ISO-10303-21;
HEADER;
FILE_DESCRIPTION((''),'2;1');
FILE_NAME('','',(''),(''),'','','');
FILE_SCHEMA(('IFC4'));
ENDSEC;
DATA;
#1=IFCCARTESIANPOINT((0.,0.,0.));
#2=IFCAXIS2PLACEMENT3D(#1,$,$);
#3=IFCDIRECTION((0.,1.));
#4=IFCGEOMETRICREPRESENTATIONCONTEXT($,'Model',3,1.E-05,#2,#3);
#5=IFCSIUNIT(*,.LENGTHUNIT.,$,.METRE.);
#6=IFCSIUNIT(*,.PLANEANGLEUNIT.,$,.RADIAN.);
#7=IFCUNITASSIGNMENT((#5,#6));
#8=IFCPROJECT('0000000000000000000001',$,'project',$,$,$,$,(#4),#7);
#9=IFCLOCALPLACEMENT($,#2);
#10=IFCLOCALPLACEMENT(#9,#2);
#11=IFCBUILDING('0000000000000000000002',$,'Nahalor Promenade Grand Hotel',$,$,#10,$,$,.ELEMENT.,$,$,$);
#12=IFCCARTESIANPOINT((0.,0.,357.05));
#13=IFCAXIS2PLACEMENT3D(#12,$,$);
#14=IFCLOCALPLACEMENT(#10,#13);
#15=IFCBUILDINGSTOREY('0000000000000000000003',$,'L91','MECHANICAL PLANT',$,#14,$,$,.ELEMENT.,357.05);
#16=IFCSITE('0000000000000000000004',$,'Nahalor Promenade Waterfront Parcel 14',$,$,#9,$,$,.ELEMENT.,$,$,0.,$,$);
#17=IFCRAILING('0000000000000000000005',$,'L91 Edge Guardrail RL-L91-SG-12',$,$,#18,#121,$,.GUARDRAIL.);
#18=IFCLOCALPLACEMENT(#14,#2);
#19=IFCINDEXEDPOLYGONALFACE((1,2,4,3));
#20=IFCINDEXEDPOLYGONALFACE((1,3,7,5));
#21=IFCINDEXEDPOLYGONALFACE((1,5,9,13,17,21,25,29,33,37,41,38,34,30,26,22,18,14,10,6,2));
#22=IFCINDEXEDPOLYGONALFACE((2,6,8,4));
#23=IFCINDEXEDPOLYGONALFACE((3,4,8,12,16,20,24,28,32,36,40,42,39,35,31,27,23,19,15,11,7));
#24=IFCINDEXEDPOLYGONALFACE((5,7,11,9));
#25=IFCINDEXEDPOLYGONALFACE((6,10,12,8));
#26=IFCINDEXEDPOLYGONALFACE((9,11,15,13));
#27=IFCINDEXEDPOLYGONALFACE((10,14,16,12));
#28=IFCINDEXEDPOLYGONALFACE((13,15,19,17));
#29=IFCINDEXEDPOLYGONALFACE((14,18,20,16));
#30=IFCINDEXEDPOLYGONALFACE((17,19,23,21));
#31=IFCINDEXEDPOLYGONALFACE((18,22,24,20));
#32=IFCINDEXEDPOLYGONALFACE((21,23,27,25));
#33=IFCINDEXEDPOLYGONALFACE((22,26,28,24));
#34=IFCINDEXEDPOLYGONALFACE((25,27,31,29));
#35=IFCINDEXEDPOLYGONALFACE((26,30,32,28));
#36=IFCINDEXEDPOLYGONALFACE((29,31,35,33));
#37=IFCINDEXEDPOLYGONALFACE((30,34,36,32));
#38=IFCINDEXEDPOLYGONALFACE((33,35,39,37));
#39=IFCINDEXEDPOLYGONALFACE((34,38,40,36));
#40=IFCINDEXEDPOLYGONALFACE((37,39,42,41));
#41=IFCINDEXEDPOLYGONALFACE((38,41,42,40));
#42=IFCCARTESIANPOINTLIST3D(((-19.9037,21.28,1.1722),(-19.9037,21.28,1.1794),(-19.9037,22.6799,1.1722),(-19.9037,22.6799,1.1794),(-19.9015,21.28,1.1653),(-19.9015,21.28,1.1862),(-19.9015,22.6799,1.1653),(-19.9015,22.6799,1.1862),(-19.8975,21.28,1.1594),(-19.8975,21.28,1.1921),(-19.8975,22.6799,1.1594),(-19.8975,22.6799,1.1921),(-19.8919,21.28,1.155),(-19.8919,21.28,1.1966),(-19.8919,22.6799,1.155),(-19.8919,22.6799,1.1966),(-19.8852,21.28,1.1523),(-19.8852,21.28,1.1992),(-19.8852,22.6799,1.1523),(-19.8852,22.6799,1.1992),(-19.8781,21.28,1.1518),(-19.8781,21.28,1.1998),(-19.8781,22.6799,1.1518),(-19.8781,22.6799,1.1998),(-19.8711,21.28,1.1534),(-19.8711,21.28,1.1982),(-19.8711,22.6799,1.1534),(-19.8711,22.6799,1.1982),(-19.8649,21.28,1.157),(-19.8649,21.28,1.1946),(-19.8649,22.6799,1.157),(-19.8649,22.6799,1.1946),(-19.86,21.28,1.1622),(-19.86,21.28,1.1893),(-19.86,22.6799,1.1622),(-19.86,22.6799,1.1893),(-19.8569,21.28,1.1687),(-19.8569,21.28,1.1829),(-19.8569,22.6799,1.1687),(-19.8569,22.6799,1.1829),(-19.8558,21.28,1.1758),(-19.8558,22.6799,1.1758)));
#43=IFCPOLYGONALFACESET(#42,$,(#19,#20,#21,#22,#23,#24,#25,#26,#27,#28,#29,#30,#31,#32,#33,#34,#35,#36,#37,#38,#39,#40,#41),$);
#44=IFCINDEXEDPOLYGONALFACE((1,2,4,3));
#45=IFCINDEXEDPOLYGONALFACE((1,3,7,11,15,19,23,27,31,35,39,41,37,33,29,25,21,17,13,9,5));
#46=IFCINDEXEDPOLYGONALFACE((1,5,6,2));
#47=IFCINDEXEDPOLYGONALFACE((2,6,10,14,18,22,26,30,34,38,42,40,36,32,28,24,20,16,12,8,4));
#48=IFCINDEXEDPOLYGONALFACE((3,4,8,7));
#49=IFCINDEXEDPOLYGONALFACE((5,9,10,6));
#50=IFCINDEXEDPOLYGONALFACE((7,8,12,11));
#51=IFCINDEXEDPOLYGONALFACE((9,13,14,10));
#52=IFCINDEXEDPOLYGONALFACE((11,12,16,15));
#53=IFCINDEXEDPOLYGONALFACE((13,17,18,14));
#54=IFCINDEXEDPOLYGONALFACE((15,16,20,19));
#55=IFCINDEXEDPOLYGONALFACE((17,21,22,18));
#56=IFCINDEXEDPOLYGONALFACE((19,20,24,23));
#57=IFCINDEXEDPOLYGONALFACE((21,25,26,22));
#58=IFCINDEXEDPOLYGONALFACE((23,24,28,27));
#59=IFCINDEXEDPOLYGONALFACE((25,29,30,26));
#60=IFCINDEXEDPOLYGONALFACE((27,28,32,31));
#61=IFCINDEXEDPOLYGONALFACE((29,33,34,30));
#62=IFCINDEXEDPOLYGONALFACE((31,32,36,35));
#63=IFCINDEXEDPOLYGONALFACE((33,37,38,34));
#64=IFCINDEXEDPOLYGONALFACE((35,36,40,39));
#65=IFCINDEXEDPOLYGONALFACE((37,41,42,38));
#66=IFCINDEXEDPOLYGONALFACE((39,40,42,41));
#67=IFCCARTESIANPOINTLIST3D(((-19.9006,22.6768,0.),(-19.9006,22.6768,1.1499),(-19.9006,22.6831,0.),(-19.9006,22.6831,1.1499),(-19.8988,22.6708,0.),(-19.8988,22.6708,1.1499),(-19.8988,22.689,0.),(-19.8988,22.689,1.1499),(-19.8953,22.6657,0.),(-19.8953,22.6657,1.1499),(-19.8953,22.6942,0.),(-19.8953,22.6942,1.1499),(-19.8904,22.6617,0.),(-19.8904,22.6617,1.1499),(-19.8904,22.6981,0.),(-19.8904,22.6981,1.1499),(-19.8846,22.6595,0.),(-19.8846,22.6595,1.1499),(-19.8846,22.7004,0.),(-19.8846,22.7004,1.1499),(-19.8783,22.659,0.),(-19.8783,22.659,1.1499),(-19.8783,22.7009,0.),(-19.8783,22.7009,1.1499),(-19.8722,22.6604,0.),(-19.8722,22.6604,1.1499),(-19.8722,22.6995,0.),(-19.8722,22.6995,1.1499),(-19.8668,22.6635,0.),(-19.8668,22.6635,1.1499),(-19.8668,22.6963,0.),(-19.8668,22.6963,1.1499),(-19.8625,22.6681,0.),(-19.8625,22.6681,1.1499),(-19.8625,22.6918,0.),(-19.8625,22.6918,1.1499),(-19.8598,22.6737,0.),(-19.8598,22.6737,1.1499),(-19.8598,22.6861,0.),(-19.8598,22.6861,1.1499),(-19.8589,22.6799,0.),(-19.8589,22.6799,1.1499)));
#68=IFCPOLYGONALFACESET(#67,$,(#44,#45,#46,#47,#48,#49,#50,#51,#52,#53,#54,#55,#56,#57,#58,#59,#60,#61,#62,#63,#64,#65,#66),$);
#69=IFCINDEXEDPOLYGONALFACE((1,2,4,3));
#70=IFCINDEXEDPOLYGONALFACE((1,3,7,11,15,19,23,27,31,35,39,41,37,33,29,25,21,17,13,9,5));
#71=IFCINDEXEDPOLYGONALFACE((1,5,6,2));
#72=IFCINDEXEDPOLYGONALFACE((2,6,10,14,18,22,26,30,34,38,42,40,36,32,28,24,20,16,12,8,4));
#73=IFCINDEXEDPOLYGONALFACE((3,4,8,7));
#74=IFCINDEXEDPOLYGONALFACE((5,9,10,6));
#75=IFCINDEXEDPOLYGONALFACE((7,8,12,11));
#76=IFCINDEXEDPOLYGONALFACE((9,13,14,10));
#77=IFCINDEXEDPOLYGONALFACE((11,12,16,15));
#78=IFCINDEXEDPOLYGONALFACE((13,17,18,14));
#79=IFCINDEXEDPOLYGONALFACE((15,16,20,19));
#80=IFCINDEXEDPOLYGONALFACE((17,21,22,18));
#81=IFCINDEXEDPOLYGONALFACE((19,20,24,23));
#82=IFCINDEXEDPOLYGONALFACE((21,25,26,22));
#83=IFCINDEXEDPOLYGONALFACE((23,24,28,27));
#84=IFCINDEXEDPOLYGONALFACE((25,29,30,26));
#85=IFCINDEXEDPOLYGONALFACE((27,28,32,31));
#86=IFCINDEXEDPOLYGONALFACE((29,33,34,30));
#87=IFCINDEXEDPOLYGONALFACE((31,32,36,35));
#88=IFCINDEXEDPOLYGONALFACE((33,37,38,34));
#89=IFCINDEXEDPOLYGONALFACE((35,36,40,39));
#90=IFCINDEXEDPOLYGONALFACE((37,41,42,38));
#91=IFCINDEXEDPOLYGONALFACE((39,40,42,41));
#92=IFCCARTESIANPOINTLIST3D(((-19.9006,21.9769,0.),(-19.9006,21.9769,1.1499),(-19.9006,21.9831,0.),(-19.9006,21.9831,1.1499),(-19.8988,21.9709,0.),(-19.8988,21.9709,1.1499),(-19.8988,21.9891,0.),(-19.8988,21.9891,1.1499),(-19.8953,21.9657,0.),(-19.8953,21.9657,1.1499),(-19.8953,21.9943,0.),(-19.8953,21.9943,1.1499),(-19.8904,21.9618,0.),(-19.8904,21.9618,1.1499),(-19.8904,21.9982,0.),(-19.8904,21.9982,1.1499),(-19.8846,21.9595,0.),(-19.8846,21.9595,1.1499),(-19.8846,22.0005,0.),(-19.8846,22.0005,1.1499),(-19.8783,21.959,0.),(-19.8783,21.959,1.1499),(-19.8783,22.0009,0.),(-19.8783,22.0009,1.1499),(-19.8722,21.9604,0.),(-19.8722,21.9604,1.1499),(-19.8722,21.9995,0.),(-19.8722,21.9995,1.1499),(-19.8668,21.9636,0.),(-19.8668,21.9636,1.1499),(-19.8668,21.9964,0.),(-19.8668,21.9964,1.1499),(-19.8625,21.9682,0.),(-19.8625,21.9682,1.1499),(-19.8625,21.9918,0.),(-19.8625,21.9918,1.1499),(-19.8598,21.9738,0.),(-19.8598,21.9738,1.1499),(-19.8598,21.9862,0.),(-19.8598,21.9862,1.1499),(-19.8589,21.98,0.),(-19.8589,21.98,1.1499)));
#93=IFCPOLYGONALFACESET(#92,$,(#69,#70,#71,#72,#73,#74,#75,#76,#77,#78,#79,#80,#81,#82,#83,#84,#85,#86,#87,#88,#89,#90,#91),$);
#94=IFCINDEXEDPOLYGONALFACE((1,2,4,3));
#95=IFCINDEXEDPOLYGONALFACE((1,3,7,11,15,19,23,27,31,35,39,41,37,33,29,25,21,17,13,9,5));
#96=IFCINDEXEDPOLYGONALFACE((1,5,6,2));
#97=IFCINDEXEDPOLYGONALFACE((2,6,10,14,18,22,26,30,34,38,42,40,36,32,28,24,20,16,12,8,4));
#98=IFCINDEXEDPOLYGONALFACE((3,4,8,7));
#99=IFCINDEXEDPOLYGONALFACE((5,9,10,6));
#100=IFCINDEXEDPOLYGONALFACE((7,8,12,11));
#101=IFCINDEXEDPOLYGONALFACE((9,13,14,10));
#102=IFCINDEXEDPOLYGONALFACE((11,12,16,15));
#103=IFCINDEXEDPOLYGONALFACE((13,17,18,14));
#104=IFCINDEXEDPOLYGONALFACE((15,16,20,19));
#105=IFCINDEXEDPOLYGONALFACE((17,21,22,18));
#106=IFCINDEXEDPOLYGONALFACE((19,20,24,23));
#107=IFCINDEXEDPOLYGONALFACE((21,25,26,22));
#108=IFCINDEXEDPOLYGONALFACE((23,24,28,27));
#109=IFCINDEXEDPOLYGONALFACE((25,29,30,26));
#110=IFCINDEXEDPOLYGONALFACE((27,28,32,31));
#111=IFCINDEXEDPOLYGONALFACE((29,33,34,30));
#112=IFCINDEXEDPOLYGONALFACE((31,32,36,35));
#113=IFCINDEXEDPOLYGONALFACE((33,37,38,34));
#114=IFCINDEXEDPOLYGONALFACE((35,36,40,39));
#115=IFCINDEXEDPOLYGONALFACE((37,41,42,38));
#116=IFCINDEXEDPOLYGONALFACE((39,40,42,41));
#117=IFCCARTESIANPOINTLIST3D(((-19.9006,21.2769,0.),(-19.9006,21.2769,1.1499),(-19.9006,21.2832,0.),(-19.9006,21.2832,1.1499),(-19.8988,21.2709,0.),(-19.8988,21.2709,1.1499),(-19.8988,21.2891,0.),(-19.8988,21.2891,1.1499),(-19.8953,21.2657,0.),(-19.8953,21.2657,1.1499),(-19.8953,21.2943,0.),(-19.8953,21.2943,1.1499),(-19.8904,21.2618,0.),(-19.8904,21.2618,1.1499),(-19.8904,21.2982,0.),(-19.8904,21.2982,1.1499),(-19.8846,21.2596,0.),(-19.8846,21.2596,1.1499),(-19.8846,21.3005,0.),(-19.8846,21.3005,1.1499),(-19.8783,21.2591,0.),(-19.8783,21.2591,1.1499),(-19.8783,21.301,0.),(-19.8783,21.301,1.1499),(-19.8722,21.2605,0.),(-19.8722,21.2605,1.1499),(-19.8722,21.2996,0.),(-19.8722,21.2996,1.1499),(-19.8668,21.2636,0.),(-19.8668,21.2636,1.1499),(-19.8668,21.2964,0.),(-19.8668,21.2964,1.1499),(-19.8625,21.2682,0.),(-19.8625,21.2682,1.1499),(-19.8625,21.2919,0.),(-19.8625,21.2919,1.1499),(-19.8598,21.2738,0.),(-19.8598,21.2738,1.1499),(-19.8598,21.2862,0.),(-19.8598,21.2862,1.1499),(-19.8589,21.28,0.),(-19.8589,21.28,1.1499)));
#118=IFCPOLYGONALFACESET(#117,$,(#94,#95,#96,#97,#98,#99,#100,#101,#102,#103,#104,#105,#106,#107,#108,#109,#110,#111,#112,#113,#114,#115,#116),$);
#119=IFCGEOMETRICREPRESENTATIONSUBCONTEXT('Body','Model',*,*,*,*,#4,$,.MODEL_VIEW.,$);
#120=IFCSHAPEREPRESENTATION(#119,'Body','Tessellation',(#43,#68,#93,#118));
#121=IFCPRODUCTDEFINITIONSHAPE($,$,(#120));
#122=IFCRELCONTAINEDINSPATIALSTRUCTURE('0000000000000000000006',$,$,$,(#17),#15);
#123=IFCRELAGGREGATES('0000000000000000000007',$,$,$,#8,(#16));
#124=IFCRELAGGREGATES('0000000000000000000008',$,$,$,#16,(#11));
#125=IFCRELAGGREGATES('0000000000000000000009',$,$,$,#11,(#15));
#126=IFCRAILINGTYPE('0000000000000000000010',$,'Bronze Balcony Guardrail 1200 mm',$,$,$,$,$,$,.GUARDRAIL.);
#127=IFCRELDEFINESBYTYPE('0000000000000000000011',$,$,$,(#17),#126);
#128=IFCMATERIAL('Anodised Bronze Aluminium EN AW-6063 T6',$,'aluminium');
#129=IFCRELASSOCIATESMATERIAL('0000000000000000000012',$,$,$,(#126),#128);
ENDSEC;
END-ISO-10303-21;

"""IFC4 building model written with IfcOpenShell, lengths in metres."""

from ifc_helpers import new_model, si_unit, direction, frame, origin, origin_2d, place, context, subcontext, project, spatial, circle, extrude, material, type_object, element, save


model = new_model("IFC4")

# Units and contexts
model_context = context("Model", 3, precision=1e-05, world=origin(), true_north=direction((0.0, 1.0)))
body_context = subcontext(model_context, "Body", "Model", "MODEL_VIEW")
ifc_project = project(units=[si_unit("LENGTHUNIT", "METRE"), si_unit("PLANEANGLEUNIT", "RADIAN")], contexts=[model_context])

# Site, building, storey
site_placement = place(None, origin())
site = spatial("IfcSite", under=ifc_project, at=site_placement, Name="Nahalor Promenade Waterfront Parcel 14", CompositionType="ELEMENT", RefElevation=0.0)
building_placement = place(site_placement, origin())
building = spatial("IfcBuilding", under=site, at=building_placement, Name="Nahalor Promenade Grand Hotel", CompositionType="ELEMENT")
storey_placement = place(building_placement, frame((0.0, 0.0, 357.05)))
storey = spatial("IfcBuildingStorey", under=building, at=storey_placement, Name="L91", Description="MECHANICAL PLANT", CompositionType="ELEMENT", Elevation=357.05)

# Shared definitions
ifc_material_1 = material(Name="Anodised Bronze Aluminium EN AW-6063 T6", Category="aluminium")

# Railing
railing_type = type_object("IfcRailingType", Name="Bronze Balcony Guardrail 1200 mm", PredefinedType="GUARDRAIL", material=ifc_material_1)
railing_1_placement = place(storey_placement, frame((-19.8799, 22.6799, 0.0)))
element("IfcRailing", 1, at=railing_1_placement, inside=storey, type_object=railing_type, Name="L91 Edge Guardrail RL-L91-SG-12", PredefinedType="GUARDRAIL", context=body_context, shape_type="SweptSolid", body=[
    extrude(circle(Radius=0.024, at=origin_2d()), frame((0.0, 0.0, 1.1758), z_axis=(0.0, -1.0, 0.0), x_axis=(1.0, 0.0, 0.0)), (0.0, 0.0, 1.0), 1.3999),
    extrude(circle(Radius=0.021, at=origin_2d()), origin(), (0.0, 0.0, 1.0), 1.1499),
    extrude(circle(Radius=0.021, at=origin_2d()), frame((0.0, -0.7, 0.0)), (0.0, 0.0, 1.0), 1.1499),
    extrude(circle(Radius=0.021, at=origin_2d()), frame((0.0, -1.3999, 0.0)), (0.0, 0.0, 1.0), 1.1499),
])

save(model, "model.ifc")
